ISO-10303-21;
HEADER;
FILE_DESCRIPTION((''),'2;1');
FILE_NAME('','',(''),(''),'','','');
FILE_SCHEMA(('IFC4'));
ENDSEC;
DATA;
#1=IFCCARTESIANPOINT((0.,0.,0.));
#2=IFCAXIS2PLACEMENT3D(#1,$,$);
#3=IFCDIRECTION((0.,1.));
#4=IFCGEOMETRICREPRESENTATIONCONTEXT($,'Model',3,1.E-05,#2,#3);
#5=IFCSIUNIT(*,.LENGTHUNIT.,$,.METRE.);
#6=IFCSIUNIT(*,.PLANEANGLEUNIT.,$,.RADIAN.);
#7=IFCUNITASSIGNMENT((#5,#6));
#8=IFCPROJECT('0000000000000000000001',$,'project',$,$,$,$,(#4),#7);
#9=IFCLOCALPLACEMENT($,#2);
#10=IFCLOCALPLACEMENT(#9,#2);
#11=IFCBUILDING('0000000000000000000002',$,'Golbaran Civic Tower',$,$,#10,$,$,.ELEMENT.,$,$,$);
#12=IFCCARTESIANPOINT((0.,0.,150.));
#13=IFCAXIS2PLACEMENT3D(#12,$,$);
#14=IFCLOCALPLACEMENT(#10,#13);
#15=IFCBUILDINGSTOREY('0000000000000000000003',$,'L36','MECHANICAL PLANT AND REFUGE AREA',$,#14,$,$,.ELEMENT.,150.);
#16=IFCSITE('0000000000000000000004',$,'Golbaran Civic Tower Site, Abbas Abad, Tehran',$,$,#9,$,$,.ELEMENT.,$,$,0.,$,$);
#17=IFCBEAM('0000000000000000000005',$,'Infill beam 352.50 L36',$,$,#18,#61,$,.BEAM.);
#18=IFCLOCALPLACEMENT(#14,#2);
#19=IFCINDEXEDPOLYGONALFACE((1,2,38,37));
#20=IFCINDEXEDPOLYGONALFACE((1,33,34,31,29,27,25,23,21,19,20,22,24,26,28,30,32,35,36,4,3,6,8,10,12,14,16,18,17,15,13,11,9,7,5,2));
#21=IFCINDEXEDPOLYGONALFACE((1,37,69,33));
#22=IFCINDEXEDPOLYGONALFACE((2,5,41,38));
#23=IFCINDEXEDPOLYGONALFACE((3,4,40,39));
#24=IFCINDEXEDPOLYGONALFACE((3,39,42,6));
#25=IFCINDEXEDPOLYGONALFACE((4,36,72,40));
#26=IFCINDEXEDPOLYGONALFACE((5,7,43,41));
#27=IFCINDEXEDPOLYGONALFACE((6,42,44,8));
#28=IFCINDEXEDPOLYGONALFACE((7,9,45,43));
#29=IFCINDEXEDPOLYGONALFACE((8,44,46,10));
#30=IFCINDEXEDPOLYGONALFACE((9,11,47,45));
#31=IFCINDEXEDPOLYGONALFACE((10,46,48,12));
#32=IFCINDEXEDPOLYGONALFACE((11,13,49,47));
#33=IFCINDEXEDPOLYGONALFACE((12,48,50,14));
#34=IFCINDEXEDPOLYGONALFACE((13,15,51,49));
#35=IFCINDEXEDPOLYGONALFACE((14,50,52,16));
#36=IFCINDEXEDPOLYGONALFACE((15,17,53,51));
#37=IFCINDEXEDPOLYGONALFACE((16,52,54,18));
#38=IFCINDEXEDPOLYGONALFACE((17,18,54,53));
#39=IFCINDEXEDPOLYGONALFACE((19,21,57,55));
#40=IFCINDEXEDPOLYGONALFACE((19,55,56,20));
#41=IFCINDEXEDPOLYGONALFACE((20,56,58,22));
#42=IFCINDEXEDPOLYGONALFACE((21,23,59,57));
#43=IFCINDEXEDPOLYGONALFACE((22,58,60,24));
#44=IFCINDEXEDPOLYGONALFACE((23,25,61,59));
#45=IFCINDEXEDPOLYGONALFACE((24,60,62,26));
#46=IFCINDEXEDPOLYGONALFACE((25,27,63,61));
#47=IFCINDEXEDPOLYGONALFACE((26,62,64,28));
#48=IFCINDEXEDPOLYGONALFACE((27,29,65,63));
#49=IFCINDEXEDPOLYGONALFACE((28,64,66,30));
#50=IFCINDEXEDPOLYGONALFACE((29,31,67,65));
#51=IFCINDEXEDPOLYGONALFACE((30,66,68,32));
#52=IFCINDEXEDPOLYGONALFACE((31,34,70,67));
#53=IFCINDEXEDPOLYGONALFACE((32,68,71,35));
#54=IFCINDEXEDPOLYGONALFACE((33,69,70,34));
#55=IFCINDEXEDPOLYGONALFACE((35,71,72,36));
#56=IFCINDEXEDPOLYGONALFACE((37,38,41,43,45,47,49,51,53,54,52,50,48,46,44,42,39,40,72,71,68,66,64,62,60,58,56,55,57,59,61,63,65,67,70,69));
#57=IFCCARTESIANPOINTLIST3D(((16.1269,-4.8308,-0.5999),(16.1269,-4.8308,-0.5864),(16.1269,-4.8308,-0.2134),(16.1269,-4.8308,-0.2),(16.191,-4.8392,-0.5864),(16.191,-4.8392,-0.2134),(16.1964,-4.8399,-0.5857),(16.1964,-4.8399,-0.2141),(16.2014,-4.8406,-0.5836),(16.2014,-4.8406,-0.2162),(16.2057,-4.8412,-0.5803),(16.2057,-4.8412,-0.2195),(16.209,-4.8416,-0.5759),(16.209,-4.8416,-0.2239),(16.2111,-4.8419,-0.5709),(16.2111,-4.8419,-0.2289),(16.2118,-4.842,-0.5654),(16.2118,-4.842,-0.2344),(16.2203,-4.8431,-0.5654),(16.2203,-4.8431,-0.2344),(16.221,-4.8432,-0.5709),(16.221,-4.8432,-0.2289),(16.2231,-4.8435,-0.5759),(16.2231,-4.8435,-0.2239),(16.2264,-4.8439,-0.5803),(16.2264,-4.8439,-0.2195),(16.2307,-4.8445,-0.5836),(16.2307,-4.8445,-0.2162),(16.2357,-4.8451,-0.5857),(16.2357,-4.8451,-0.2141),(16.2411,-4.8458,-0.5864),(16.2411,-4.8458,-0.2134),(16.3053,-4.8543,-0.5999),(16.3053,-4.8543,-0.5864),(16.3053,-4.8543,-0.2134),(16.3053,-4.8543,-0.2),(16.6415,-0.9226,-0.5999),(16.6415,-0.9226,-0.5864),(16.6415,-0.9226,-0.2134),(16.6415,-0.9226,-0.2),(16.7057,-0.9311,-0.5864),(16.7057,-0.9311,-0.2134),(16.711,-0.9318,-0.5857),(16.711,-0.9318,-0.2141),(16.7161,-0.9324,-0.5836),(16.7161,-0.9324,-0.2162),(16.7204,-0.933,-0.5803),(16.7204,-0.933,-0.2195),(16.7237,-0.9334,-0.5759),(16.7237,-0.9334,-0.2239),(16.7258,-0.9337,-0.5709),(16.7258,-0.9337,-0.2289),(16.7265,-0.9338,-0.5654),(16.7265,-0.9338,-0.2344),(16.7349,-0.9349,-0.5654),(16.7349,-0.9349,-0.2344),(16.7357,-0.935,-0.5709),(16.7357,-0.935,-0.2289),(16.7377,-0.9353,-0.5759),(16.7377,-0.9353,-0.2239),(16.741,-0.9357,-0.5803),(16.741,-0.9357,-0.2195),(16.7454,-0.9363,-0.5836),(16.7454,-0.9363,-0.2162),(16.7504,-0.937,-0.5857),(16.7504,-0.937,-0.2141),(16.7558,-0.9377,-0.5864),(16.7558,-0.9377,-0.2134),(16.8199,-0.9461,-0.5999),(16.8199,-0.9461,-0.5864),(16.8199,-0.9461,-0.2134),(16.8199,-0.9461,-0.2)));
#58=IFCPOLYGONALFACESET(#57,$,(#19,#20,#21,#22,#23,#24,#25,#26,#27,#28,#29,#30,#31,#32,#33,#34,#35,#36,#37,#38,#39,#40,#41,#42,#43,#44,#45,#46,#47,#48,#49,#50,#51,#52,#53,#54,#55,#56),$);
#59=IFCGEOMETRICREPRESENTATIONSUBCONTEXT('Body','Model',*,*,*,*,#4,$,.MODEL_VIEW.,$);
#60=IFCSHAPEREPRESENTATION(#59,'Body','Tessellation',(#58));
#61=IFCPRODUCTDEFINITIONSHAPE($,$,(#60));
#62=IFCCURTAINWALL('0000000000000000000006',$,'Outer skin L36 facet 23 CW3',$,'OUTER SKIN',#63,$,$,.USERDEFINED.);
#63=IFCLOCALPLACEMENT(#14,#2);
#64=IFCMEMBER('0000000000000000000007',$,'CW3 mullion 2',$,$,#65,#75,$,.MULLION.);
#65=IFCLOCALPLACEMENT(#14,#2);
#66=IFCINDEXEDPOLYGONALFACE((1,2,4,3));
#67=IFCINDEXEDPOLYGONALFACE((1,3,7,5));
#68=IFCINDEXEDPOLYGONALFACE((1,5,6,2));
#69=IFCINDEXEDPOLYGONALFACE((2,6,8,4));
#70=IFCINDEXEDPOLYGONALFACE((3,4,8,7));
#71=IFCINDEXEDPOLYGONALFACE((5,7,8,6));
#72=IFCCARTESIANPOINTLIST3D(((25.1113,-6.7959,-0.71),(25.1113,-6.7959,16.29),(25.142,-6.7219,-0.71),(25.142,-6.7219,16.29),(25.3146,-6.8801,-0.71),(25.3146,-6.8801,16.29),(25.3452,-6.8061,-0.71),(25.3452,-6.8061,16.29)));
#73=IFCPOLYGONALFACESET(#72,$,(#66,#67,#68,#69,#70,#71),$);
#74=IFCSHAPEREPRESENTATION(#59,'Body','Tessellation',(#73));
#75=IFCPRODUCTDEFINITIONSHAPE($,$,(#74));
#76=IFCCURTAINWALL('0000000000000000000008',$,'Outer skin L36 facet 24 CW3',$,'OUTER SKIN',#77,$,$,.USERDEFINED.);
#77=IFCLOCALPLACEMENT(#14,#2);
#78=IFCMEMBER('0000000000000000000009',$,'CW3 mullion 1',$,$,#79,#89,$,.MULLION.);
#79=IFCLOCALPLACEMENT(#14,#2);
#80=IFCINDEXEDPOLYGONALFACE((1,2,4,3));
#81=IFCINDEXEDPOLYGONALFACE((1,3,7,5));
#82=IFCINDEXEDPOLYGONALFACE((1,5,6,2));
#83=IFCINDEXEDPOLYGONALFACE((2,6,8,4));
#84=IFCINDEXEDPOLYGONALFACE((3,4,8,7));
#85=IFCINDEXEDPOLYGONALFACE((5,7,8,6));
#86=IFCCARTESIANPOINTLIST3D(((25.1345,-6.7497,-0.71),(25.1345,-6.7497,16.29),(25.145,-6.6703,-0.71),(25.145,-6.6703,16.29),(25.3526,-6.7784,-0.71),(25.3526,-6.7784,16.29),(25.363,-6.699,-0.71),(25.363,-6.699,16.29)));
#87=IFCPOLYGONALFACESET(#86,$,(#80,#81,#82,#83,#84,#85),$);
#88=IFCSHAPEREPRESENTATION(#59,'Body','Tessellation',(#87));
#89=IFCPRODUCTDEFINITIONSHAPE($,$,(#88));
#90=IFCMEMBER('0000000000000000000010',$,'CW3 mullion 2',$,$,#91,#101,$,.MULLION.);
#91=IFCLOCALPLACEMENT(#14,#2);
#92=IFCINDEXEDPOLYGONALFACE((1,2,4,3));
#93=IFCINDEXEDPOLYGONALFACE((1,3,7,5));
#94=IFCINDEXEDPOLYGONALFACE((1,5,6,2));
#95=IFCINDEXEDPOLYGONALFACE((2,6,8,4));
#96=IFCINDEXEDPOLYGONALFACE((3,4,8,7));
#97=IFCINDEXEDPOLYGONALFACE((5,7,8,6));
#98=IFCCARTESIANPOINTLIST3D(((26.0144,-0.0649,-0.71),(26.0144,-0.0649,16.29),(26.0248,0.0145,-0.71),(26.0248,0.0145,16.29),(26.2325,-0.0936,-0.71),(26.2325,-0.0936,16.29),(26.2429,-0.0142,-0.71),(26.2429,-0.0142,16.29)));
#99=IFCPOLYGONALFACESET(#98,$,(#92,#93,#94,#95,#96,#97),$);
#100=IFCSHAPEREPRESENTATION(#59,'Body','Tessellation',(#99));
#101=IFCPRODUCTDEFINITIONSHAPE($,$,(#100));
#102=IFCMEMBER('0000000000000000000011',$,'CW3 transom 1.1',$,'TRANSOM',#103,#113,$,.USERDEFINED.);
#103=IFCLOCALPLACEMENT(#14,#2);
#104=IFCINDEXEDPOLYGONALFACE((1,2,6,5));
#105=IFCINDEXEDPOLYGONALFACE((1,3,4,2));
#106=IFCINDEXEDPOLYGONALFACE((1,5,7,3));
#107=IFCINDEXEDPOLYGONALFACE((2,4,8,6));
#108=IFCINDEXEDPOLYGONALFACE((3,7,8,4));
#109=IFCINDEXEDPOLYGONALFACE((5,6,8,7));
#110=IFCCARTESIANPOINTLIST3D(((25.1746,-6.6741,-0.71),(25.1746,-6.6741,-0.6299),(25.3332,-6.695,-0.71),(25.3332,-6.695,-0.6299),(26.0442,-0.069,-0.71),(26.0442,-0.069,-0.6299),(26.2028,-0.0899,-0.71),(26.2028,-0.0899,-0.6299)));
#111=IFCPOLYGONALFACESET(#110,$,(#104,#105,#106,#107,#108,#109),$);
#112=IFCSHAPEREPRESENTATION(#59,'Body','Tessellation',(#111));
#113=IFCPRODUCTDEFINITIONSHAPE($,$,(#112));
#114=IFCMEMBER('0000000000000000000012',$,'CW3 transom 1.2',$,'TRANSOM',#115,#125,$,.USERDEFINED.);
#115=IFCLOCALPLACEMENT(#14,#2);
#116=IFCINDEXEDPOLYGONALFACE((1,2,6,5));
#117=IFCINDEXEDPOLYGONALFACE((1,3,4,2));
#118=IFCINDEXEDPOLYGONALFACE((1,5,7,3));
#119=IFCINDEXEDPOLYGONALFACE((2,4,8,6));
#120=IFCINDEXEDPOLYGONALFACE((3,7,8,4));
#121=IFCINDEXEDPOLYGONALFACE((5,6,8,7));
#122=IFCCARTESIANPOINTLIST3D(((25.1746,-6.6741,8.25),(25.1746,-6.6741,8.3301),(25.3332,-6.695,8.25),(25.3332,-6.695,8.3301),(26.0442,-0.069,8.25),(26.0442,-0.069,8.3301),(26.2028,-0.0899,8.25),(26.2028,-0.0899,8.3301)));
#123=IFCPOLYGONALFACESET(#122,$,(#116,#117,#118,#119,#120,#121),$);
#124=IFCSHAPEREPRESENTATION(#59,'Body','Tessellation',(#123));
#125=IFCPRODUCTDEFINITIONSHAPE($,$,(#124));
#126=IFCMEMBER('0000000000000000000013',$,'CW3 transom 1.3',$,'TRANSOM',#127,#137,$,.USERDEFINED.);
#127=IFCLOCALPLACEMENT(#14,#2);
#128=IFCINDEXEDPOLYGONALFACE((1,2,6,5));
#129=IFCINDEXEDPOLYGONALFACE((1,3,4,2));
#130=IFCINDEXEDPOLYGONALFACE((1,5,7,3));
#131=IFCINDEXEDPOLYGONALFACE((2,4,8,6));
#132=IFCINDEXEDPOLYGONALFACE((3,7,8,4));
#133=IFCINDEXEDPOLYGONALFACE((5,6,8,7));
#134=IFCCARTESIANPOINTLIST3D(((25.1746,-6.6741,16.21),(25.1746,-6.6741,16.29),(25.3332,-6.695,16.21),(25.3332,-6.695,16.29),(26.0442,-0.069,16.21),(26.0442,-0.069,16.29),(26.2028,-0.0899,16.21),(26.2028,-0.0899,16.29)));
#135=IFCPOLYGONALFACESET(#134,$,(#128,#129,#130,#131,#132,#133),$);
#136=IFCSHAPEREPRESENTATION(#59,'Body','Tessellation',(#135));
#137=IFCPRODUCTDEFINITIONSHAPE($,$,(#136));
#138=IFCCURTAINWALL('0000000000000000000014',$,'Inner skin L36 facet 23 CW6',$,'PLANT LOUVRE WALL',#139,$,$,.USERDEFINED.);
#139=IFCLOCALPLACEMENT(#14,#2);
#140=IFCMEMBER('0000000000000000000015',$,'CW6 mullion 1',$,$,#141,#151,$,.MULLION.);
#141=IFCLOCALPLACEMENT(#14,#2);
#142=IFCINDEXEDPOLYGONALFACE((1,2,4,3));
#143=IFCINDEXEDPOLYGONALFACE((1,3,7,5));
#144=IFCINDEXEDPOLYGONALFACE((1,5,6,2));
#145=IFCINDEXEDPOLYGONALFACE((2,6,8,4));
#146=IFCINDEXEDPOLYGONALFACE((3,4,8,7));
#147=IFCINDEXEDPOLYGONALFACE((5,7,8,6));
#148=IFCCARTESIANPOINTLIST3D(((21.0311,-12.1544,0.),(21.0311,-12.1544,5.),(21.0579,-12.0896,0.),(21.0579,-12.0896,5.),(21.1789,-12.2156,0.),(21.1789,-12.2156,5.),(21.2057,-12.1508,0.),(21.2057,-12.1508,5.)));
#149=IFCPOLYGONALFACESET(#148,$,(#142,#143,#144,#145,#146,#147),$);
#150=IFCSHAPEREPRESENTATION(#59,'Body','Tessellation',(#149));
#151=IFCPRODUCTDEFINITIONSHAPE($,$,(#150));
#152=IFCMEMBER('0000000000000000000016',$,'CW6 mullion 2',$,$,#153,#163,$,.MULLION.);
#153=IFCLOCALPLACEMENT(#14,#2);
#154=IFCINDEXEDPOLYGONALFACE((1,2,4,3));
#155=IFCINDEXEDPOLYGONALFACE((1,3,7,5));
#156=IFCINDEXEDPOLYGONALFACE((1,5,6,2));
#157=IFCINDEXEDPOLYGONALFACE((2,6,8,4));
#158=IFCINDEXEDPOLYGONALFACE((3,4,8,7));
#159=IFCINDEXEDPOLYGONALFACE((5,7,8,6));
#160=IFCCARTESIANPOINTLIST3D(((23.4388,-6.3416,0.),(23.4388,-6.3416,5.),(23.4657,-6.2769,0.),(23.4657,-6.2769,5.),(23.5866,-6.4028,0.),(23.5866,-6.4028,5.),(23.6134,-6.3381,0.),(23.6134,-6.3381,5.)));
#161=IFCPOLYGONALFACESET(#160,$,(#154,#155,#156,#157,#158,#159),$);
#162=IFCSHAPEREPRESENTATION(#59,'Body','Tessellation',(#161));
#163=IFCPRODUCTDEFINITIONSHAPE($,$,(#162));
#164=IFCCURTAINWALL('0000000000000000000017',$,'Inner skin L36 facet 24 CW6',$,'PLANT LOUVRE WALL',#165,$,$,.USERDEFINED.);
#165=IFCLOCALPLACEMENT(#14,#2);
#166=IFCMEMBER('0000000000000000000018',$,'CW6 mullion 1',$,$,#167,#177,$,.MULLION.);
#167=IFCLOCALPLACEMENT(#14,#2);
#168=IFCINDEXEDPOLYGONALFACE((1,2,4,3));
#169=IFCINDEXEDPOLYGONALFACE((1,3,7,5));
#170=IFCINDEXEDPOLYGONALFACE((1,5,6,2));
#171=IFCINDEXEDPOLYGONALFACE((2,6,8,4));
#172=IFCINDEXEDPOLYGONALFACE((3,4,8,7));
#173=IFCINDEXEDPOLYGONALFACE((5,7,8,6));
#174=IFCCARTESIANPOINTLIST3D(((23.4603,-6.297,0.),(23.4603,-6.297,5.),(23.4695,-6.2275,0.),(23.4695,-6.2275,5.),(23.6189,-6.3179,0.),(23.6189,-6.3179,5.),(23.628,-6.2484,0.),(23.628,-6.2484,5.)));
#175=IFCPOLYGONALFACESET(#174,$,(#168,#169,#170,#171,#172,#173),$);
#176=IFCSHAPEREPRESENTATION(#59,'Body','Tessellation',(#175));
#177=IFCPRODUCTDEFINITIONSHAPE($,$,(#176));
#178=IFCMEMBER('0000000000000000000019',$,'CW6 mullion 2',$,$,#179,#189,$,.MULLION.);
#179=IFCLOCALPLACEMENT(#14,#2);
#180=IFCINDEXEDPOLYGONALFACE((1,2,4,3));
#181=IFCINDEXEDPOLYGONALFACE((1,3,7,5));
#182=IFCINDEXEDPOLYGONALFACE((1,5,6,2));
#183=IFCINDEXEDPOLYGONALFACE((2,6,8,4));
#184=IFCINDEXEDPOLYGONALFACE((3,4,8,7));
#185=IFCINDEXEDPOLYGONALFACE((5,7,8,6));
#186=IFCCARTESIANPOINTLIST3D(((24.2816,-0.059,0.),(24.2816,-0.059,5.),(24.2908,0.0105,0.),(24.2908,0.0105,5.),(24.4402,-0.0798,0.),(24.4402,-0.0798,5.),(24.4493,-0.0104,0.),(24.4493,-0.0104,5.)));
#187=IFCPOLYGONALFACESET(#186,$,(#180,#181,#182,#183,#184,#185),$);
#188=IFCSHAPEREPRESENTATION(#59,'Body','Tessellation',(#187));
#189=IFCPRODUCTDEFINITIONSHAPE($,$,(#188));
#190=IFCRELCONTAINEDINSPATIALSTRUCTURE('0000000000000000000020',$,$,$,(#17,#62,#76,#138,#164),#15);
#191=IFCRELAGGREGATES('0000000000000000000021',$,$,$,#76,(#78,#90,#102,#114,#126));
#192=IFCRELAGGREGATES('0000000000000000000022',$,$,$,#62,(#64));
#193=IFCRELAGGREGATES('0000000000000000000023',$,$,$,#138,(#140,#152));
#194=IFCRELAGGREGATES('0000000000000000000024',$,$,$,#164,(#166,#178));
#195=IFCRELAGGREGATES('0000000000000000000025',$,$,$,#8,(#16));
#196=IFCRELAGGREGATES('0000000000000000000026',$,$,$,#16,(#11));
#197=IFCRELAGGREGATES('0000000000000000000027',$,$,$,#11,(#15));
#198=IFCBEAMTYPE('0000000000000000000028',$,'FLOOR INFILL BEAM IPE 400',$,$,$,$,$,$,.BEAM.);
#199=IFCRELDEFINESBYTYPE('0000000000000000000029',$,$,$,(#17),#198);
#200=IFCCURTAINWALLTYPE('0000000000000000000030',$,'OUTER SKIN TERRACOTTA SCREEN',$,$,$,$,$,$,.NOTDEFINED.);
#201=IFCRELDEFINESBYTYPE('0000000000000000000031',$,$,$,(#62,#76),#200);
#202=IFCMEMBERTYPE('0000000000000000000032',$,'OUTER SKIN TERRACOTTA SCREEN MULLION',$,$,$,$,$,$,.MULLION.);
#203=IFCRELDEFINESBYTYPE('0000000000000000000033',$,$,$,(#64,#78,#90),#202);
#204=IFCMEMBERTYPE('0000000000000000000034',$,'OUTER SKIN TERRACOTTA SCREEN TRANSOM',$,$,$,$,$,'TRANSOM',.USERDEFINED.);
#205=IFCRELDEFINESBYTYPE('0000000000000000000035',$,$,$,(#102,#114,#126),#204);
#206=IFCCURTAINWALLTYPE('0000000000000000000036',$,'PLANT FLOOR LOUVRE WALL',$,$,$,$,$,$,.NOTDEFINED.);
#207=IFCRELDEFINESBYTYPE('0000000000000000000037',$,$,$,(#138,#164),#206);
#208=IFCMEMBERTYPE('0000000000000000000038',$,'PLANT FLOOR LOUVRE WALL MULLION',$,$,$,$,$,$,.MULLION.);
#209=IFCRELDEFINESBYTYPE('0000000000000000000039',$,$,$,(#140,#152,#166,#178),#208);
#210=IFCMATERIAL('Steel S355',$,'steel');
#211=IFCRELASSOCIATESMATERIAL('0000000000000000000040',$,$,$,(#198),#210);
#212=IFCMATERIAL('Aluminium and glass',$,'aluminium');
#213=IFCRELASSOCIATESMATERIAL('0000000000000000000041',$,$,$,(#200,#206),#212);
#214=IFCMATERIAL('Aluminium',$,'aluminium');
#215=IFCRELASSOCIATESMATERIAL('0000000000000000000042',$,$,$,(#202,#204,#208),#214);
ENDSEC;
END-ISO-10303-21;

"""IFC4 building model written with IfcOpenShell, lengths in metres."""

from ifc_helpers import new_model, si_unit, direction, frame, origin, origin_2d, place, context, subcontext, project, spatial, rectangle, i_section, extrude, material, material_profile, profile_set, type_object, element, aggregate, save


model = new_model("IFC4")

# Units and contexts
model_context = context("Model", 3, precision=1e-05, world=origin(), true_north=direction((0.0, 1.0)))
body_context = subcontext(model_context, "Body", "Model", "MODEL_VIEW")
ifc_project = project(units=[si_unit("LENGTHUNIT", "METRE"), si_unit("PLANEANGLEUNIT", "RADIAN")], contexts=[model_context])

# Site, building, storey
site_placement = place(None, origin())
site = spatial("IfcSite", under=ifc_project, at=site_placement, Name="Golbaran Civic Tower Site, Abbas Abad, Tehran", CompositionType="ELEMENT", RefElevation=0.0)
building_placement = place(site_placement, origin())
building = spatial("IfcBuilding", under=site, at=building_placement, Name="Golbaran Civic Tower", CompositionType="ELEMENT")
storey_placement = place(building_placement, frame((0.0, 0.0, 150.0)))
storey = spatial("IfcBuildingStorey", under=building, at=storey_placement, Name="L36", Description="MECHANICAL PLANT AND REFUGE AREA", CompositionType="ELEMENT", Elevation=150.0)

# Shared definitions
ifc_material_1 = material(Name="Steel S355", Category="steel")

# Beam
ifc_material_profile_1 = material_profile(ifc_material_1, i_section(OverallWidth=0.1799, OverallDepth=0.3999, WebThickness=0.0085, FlangeThickness=0.0134, FilletRadius=0.021, at=origin_2d()), Name="IPE 400")
ifc_profile_set_1 = profile_set([ifc_material_profile_1], Name="Steel S355")
beam_type_1 = type_object("IfcBeamType", Name="FLOOR INFILL BEAM IPE 400", PredefinedType="BEAM", material=ifc_profile_set_1)
beam_1_placement = place(storey_placement, frame((16.2161, -4.8425, -0.3999), z_axis=(0.130557, 0.991441, 0.0), x_axis=(-0.991441, 0.130557, 0.0)))
element("IfcBeam", 1, at=beam_1_placement, inside=storey, type_object=beam_type_1, Name="Infill beam 352.50 L36", PredefinedType="BEAM", context=body_context, shape_type="SweptSolid", body=[
    extrude(i_section(OverallWidth=0.1799, OverallDepth=0.3999, WebThickness=0.0085, FlangeThickness=0.0134, FilletRadius=0.021, at=origin_2d()), origin(), (0.0, 0.0, 1.0), 3.9419),
])

# Curtain wall, member
ifc_material_2 = material(Name="Aluminium and glass", Category="aluminium")
curtain_wall_type_1 = type_object("IfcCurtainWallType", Name="OUTER SKIN TERRACOTTA SCREEN", PredefinedType="NOTDEFINED", material=ifc_material_2)
curtain_wall_1_placement = place(storey_placement, origin())
curtain_wall_1 = element("IfcCurtainWall", 2, at=curtain_wall_1_placement, inside=storey, type_object=curtain_wall_type_1, Name="Outer skin L36 facet 23 CW3", ObjectType="OUTER SKIN", PredefinedType="USERDEFINED")
ifc_material_3 = material(Name="Aluminium", Category="aluminium")
ifc_material_profile_2 = material_profile(ifc_material_3, rectangle(XDim=0.22, YDim=0.0801, at=origin_2d()), Name="OUTER SKIN TERRACOTTA SCREEN MULLION")
ifc_profile_set_2 = profile_set([ifc_material_profile_2], Name="Aluminium")
member_type_1 = type_object("IfcMemberType", Name="OUTER SKIN TERRACOTTA SCREEN MULLION", PredefinedType="MULLION", material=ifc_profile_set_2)
member_1_placement = place(storey_placement, frame((25.2283, -6.801, -0.71), z_axis=(0.0, 0.0, 1.0), x_axis=(-0.92388, 0.382683, 0.0)))
member_1 = element("IfcMember", 3, at=member_1_placement, type_object=member_type_1, Name="CW3 mullion 2", PredefinedType="MULLION", context=body_context, shape_type="SweptSolid", body=[
    extrude(rectangle(XDim=0.22, YDim=0.0801, at=origin_2d()), origin(), (0.0, 0.0, 1.0), 17.0),
])

# Curtain walls, members
curtain_wall_2_placement = place(storey_placement, origin())
curtain_wall_2 = element("IfcCurtainWall", 4, at=curtain_wall_2_placement, inside=storey, type_object=curtain_wall_type_1, Name="Outer skin L36 facet 24 CW3", ObjectType="OUTER SKIN", PredefinedType="USERDEFINED")
member_2_placement = place(storey_placement, frame((25.2488, -6.7244, -0.71), z_axis=(0.0, 0.0, 1.0), x_axis=(-0.991445, 0.130526, 0.0)))
member_2 = element("IfcMember", 5, at=member_2_placement, type_object=member_type_1, Name="CW3 mullion 1", PredefinedType="MULLION", context=body_context, shape_type="SweptSolid", body=[
    extrude(rectangle(XDim=0.22, YDim=0.0801, at=origin_2d()), origin(), (0.0, 0.0, 1.0), 17.0),
])
member_3_placement = place(storey_placement, frame((26.1287, -0.0396, -0.71), z_axis=(0.0, 0.0, 1.0), x_axis=(-0.991445, 0.130526, 0.0)))
member_3 = element("IfcMember", 6, at=member_3_placement, type_object=member_type_1, Name="CW3 mullion 2", PredefinedType="MULLION", context=body_context, shape_type="SweptSolid", body=[
    extrude(rectangle(XDim=0.22, YDim=0.0801, at=origin_2d()), origin(), (0.0, 0.0, 1.0), 17.0),
])
ifc_material_profile_3 = material_profile(ifc_material_3, rectangle(XDim=0.1599, YDim=0.0801, at=origin_2d()), Name="OUTER SKIN TERRACOTTA SCREEN TRANSOM")
ifc_profile_set_3 = profile_set([ifc_material_profile_3], Name="Aluminium")
member_type_2 = type_object("IfcMemberType", Name="OUTER SKIN TERRACOTTA SCREEN TRANSOM", ElementType="TRANSOM", PredefinedType="USERDEFINED", material=ifc_profile_set_3)
member_4_placement = place(storey_placement, frame((25.2539, -6.6846, -0.6699), z_axis=(0.130531, 0.991444, 0.0), x_axis=(-0.991444, 0.130531, 0.0)))
member_4 = element("IfcMember", 7, at=member_4_placement, type_object=member_type_2, Name="CW3 transom 1.1", ObjectType="TRANSOM", PredefinedType="USERDEFINED", context=body_context, shape_type="SweptSolid", body=[
    extrude(rectangle(XDim=0.1599, YDim=0.0801, at=origin_2d()), origin(), (0.0, 0.0, 1.0), 6.6621),
])
member_5_placement = place(storey_placement, frame((25.2539, -6.6846, 8.29), z_axis=(0.130531, 0.991444, 0.0), x_axis=(-0.991444, 0.130531, 0.0)))
member_5 = element("IfcMember", 8, at=member_5_placement, type_object=member_type_2, Name="CW3 transom 1.2", ObjectType="TRANSOM", PredefinedType="USERDEFINED", context=body_context, shape_type="SweptSolid", body=[
    extrude(rectangle(XDim=0.1599, YDim=0.0801, at=origin_2d()), origin(), (0.0, 0.0, 1.0), 6.6621),
])
member_6_placement = place(storey_placement, frame((25.2539, -6.6846, 16.25), z_axis=(0.130531, 0.991444, 0.0), x_axis=(-0.991444, 0.130531, 0.0)))
member_6 = element("IfcMember", 9, at=member_6_placement, type_object=member_type_2, Name="CW3 transom 1.3", ObjectType="TRANSOM", PredefinedType="USERDEFINED", context=body_context, shape_type="SweptSolid", body=[
    extrude(rectangle(XDim=0.1599, YDim=0.0801, at=origin_2d()), origin(), (0.0, 0.0, 1.0), 6.6621),
])
curtain_wall_type_2 = type_object("IfcCurtainWallType", Name="PLANT FLOOR LOUVRE WALL", PredefinedType="NOTDEFINED", material=ifc_material_2)
curtain_wall_3_placement = place(storey_placement, origin())
curtain_wall_3 = element("IfcCurtainWall", 10, at=curtain_wall_3_placement, inside=storey, type_object=curtain_wall_type_2, Name="Inner skin L36 facet 23 CW6", ObjectType="PLANT LOUVRE WALL", PredefinedType="USERDEFINED")
ifc_material_profile_4 = material_profile(ifc_material_3, rectangle(XDim=0.1599, YDim=0.0701, at=origin_2d()), Name="PLANT FLOOR LOUVRE WALL MULLION")
ifc_profile_set_4 = profile_set([ifc_material_profile_4], Name="Aluminium")
member_type_3 = type_object("IfcMemberType", Name="PLANT FLOOR LOUVRE WALL MULLION", PredefinedType="MULLION", material=ifc_profile_set_4)
member_7_placement = place(storey_placement, frame((21.1184, -12.1526, 0.0), z_axis=(0.0, 0.0, 1.0), x_axis=(-0.92388, 0.382683, 0.0)))
member_7 = element("IfcMember", 11, at=member_7_placement, type_object=member_type_3, Name="CW6 mullion 1", PredefinedType="MULLION", context=body_context, shape_type="SweptSolid", body=[
    extrude(rectangle(XDim=0.1599, YDim=0.0701, at=origin_2d()), origin(), (0.0, 0.0, 1.0), 5.0),
])
member_8_placement = place(storey_placement, frame((23.5261, -6.3398, 0.0), z_axis=(0.0, 0.0, 1.0), x_axis=(-0.92388, 0.382683, 0.0)))
member_8 = element("IfcMember", 12, at=member_8_placement, type_object=member_type_3, Name="CW6 mullion 2", PredefinedType="MULLION", context=body_context, shape_type="SweptSolid", body=[
    extrude(rectangle(XDim=0.1599, YDim=0.0701, at=origin_2d()), origin(), (0.0, 0.0, 1.0), 5.0),
])
curtain_wall_4_placement = place(storey_placement, origin())
curtain_wall_4 = element("IfcCurtainWall", 13, at=curtain_wall_4_placement, inside=storey, type_object=curtain_wall_type_2, Name="Inner skin L36 facet 24 CW6", ObjectType="PLANT LOUVRE WALL", PredefinedType="USERDEFINED")
member_9_placement = place(storey_placement, frame((23.5442, -6.2727, 0.0), z_axis=(0.0, 0.0, 1.0), x_axis=(-0.991445, 0.130526, 0.0)))
member_9 = element("IfcMember", 14, at=member_9_placement, type_object=member_type_3, Name="CW6 mullion 1", PredefinedType="MULLION", context=body_context, shape_type="SweptSolid", body=[
    extrude(rectangle(XDim=0.1599, YDim=0.0701, at=origin_2d()), origin(), (0.0, 0.0, 1.0), 5.0),
])
member_10_placement = place(storey_placement, frame((24.3655, -0.0347, 0.0), z_axis=(0.0, 0.0, 1.0), x_axis=(-0.991445, 0.130526, 0.0)))
member_10 = element("IfcMember", 15, at=member_10_placement, type_object=member_type_3, Name="CW6 mullion 2", PredefinedType="MULLION", context=body_context, shape_type="SweptSolid", body=[
    extrude(rectangle(XDim=0.1599, YDim=0.0701, at=origin_2d()), origin(), (0.0, 0.0, 1.0), 5.0),
])

aggregate(curtain_wall_2, [member_2, member_3, member_4, member_5, member_6])
aggregate(curtain_wall_1, [member_1])
aggregate(curtain_wall_3, [member_7, member_8])
aggregate(curtain_wall_4, [member_9, member_10])

save(model, "model.ifc")
